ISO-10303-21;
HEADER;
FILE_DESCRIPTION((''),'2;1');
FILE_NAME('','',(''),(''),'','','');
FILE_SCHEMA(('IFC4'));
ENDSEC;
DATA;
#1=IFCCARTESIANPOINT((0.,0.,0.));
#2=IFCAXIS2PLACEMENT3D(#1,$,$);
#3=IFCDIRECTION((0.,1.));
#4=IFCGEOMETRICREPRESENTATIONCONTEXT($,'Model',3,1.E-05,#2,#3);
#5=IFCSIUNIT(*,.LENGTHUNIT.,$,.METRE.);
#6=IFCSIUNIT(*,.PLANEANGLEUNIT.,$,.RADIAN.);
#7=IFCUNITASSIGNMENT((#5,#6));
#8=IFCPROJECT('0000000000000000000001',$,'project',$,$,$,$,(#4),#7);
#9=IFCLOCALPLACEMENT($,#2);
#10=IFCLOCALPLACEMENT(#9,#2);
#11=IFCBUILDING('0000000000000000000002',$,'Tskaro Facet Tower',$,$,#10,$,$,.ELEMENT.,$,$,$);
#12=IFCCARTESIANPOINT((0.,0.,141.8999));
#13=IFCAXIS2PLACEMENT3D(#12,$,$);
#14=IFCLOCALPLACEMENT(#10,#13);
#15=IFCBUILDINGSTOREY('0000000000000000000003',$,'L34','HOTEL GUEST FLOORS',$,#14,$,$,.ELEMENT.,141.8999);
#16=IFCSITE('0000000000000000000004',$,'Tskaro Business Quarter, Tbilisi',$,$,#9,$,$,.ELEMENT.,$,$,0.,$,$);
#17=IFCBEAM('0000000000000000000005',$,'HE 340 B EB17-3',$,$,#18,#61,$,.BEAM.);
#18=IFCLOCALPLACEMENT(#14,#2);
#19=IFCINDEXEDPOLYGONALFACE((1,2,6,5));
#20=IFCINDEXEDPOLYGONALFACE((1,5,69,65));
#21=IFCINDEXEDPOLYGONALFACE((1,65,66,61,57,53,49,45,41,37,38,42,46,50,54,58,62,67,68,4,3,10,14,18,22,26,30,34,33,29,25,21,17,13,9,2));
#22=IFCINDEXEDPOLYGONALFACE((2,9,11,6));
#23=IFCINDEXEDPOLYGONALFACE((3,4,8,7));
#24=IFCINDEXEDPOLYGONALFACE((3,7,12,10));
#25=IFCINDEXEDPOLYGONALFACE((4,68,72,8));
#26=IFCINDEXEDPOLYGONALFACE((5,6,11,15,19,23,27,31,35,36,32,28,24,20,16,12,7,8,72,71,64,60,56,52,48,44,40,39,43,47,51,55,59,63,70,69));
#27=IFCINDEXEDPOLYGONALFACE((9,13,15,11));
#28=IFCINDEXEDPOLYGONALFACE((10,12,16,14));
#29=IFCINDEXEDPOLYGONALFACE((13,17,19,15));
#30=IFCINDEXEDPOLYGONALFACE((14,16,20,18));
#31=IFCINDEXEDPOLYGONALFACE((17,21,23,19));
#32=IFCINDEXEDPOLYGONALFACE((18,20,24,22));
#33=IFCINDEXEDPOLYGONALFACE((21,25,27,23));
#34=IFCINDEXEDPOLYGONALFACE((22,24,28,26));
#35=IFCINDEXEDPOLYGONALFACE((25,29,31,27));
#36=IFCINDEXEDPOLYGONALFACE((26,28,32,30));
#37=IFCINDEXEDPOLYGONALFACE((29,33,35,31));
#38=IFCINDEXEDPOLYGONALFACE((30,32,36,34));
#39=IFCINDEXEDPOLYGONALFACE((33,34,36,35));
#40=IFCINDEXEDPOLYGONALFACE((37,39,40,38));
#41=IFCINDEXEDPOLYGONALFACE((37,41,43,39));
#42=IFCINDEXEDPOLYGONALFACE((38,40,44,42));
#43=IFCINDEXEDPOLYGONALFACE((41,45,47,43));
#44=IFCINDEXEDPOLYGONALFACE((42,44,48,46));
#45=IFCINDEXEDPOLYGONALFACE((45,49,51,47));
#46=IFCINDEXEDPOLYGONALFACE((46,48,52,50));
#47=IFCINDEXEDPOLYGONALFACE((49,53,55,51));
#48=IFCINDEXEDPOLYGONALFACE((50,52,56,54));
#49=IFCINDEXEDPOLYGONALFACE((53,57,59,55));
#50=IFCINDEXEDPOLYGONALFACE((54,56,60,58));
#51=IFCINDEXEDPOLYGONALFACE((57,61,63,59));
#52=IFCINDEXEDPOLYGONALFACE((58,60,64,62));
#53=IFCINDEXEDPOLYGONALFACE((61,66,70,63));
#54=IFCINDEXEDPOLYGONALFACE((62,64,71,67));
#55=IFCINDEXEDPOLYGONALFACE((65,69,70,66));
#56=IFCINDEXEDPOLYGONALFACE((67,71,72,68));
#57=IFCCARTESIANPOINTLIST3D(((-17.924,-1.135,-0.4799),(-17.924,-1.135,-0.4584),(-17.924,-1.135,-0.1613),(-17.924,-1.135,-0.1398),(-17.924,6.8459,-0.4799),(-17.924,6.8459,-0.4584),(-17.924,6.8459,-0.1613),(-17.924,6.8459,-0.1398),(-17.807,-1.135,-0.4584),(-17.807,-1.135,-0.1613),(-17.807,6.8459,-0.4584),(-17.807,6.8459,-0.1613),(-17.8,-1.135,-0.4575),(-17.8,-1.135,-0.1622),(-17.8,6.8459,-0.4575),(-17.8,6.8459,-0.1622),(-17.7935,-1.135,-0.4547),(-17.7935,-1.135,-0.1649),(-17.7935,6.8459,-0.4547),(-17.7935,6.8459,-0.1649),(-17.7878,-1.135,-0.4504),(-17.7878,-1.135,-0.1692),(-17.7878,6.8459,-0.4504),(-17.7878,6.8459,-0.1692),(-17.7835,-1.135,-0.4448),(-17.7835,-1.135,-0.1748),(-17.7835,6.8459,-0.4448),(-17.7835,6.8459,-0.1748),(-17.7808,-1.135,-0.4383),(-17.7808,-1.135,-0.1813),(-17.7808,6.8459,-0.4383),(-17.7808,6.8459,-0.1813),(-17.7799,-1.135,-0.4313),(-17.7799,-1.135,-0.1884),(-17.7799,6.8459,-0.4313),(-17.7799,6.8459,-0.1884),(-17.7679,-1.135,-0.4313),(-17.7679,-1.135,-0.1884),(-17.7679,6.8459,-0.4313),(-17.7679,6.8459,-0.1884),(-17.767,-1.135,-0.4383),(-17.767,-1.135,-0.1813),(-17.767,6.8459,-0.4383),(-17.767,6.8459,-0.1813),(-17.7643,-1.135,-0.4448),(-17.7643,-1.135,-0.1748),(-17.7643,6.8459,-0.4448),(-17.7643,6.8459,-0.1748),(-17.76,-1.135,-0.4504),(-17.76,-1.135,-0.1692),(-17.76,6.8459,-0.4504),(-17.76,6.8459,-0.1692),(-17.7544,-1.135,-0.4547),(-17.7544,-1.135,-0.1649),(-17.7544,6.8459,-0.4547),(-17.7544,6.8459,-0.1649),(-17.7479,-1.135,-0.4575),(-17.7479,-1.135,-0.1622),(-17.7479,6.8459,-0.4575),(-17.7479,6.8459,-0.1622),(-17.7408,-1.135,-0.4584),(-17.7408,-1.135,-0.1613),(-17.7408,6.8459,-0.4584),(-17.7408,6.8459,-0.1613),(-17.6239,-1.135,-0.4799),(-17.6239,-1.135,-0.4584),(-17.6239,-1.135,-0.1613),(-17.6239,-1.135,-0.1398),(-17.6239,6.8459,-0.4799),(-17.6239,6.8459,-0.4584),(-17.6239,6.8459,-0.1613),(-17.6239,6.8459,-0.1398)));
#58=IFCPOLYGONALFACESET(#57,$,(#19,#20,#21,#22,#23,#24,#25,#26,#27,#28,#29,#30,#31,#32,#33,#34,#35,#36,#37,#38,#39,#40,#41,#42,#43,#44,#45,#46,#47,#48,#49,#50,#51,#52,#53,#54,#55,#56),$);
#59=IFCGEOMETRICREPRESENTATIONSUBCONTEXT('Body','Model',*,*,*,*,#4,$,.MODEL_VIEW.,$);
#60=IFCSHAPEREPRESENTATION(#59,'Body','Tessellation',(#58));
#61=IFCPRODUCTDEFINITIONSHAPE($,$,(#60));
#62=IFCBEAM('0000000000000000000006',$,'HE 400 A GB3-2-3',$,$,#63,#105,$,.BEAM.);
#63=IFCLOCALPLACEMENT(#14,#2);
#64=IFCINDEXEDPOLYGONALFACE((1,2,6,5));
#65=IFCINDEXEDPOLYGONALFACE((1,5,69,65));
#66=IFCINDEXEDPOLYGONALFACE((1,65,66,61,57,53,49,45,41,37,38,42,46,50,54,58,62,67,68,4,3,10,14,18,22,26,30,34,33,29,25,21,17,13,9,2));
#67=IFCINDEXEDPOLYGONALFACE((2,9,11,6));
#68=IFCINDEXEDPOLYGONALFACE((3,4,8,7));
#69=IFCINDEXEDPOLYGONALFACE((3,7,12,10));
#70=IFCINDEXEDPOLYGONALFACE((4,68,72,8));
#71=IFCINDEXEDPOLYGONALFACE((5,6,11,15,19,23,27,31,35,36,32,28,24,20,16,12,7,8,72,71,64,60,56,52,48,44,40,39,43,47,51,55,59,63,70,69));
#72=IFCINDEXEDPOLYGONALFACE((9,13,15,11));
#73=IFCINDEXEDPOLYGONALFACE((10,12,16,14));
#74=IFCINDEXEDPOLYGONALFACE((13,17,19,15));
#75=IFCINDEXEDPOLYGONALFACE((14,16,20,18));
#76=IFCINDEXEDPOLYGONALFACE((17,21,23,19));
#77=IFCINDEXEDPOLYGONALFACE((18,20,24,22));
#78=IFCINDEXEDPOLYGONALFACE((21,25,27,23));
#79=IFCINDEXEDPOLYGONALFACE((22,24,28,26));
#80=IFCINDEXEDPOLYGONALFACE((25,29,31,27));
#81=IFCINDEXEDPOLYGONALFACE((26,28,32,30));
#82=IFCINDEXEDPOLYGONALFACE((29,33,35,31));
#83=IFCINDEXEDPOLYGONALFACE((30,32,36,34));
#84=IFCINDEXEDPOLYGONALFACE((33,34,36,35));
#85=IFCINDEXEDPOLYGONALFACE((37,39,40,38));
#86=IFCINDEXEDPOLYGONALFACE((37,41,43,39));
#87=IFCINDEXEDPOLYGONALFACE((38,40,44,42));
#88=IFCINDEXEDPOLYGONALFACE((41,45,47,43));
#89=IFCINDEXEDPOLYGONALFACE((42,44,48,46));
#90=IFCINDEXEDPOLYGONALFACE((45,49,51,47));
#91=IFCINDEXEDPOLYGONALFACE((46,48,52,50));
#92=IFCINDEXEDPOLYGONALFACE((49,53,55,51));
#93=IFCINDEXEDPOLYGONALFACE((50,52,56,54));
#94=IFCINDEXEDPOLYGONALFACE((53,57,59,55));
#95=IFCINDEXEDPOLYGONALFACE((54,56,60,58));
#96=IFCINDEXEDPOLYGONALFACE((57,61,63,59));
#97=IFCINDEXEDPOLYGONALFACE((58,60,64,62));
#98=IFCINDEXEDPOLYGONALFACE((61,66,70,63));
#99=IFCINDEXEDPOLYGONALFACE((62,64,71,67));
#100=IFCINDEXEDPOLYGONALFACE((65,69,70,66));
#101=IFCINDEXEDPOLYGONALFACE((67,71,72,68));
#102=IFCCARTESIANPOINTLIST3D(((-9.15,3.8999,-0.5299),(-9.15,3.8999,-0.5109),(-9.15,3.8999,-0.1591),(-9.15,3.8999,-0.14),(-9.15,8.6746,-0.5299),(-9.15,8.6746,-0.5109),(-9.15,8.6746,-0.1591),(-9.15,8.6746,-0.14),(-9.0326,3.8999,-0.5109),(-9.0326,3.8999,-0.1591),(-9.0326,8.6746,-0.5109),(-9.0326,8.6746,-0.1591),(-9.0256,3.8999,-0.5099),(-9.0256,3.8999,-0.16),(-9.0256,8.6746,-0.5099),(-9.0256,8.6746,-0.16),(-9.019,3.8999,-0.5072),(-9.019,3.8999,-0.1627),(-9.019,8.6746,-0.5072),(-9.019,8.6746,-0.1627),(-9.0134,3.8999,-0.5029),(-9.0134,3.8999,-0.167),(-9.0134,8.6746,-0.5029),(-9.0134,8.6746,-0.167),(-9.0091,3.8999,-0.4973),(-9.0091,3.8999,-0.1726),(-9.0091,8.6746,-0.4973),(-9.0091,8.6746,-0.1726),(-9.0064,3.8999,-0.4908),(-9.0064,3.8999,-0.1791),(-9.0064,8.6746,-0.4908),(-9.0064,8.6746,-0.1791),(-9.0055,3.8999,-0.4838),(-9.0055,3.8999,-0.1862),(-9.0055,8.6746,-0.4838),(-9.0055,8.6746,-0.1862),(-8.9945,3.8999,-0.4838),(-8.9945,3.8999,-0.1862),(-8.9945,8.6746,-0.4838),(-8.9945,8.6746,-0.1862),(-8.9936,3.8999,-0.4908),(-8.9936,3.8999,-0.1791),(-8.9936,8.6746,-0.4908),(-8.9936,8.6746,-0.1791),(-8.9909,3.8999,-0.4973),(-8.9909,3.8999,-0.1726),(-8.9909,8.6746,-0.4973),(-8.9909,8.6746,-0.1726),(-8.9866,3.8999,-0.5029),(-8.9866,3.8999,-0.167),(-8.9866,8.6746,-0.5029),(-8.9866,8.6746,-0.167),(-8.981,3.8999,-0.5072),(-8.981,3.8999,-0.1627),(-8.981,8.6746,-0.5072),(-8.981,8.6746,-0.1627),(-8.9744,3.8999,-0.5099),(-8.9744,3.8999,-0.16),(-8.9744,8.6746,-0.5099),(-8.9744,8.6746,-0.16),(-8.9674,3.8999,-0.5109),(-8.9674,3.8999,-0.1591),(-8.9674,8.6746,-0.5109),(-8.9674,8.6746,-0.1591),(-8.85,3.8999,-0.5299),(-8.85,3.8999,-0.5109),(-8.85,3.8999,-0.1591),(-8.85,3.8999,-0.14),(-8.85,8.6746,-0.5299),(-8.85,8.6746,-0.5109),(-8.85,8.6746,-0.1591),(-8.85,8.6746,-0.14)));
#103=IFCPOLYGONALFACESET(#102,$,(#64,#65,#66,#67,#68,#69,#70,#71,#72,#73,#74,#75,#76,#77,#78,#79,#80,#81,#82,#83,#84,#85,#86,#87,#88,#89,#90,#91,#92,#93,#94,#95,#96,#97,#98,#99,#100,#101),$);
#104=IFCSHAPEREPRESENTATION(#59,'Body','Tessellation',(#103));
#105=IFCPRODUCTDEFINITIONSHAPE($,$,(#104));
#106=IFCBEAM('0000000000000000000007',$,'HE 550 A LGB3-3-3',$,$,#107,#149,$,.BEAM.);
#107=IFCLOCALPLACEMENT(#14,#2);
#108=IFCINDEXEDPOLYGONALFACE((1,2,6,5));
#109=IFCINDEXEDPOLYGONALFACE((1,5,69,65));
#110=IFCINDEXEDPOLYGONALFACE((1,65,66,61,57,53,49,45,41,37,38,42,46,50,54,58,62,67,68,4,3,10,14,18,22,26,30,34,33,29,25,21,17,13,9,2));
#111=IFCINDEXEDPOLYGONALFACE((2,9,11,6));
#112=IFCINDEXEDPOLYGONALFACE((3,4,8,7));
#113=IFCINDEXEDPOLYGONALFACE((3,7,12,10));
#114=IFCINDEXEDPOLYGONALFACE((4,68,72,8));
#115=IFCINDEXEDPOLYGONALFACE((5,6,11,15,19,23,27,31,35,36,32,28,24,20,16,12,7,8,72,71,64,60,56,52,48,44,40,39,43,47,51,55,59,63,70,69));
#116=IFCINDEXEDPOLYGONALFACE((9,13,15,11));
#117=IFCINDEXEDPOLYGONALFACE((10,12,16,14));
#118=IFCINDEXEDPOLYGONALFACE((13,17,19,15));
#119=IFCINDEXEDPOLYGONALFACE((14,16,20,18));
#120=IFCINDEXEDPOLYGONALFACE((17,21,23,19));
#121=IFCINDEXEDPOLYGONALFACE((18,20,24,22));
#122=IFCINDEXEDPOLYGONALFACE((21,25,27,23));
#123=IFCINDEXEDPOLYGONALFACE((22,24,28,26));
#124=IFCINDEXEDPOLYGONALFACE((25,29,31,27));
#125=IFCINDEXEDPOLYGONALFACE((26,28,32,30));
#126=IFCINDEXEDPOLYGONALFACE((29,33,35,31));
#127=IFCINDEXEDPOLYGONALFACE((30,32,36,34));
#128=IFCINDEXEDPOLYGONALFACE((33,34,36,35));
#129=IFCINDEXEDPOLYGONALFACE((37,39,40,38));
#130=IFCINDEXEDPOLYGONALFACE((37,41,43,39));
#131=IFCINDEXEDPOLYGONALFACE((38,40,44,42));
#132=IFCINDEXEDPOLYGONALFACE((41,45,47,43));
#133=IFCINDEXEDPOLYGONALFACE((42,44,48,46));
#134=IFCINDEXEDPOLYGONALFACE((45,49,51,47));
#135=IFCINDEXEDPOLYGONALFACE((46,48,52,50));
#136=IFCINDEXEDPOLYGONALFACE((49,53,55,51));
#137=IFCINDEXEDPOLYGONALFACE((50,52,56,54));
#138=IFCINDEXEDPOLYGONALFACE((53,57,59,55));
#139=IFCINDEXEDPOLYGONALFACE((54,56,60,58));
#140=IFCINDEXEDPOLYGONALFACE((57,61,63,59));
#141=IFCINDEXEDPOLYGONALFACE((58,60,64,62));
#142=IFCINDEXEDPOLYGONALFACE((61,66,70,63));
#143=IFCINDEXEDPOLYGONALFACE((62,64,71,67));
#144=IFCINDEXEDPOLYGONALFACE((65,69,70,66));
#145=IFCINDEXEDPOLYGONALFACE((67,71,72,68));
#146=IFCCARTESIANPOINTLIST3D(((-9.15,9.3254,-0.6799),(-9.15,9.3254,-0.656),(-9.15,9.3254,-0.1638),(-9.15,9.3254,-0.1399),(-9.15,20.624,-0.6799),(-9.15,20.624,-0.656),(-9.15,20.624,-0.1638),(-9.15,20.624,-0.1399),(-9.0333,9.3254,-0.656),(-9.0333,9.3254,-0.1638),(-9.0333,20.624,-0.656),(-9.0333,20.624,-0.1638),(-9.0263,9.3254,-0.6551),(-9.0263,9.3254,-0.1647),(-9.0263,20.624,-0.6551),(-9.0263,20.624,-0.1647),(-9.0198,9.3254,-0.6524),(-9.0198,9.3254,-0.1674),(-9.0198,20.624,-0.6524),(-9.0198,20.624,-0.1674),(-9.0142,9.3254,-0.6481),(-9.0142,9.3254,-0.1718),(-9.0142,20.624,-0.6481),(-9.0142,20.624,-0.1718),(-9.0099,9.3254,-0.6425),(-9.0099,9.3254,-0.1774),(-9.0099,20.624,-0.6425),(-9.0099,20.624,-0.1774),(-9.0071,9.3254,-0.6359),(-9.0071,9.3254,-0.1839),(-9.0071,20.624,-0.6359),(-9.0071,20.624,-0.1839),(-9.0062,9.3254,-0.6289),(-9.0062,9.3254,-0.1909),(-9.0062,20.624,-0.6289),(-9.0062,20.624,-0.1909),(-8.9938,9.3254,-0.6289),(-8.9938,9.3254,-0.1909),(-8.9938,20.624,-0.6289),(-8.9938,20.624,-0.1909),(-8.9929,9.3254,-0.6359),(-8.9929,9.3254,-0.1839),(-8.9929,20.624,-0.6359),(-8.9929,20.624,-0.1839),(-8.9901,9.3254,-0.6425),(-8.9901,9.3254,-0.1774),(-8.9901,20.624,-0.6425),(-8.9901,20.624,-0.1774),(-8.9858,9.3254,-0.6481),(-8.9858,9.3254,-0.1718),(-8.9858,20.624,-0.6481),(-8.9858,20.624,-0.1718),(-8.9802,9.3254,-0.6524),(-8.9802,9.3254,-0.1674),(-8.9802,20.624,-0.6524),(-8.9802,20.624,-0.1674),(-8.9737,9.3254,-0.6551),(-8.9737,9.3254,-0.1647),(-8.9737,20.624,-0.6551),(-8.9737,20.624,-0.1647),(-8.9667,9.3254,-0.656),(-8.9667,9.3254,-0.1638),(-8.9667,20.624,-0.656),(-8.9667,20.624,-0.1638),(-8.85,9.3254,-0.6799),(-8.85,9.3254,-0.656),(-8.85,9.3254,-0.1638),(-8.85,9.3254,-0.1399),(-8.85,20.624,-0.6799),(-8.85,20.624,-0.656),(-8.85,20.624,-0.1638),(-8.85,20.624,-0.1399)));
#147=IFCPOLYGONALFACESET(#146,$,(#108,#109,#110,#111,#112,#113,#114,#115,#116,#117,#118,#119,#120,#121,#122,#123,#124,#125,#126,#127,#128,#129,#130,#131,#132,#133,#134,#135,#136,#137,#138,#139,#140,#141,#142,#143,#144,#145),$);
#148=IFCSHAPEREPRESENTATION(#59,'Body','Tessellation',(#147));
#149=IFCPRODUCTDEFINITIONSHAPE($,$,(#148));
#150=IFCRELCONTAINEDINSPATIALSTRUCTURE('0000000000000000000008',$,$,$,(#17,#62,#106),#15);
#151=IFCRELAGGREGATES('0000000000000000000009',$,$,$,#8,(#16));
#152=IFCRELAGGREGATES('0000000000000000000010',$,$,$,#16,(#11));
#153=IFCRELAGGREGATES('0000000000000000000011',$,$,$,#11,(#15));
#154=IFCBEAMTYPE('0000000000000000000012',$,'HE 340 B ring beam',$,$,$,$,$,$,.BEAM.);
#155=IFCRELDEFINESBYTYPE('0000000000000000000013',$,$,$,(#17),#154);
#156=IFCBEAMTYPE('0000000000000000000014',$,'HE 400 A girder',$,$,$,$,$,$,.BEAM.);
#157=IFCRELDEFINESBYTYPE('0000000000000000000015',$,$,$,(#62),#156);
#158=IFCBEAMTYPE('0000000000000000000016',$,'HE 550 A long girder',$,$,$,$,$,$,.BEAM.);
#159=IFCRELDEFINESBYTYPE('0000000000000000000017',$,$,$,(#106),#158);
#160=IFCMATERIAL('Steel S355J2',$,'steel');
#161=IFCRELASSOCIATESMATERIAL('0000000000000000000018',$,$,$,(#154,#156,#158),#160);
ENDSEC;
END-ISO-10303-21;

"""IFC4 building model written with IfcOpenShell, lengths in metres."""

from ifc_helpers import new_model, si_unit, direction, frame, origin, origin_2d, place, context, subcontext, project, spatial, i_section, extrude, material, material_profile, profile_set, type_object, element, save


model = new_model("IFC4")

# Units and contexts
model_context = context("Model", 3, precision=1e-05, world=origin(), true_north=direction((0.0, 1.0)))
body_context = subcontext(model_context, "Body", "Model", "MODEL_VIEW")
ifc_project = project(units=[si_unit("LENGTHUNIT", "METRE"), si_unit("PLANEANGLEUNIT", "RADIAN")], contexts=[model_context])

# Site, building, storey
site_placement = place(None, origin())
site = spatial("IfcSite", under=ifc_project, at=site_placement, Name="Tskaro Business Quarter, Tbilisi", CompositionType="ELEMENT", RefElevation=0.0)
building_placement = place(site_placement, origin())
building = spatial("IfcBuilding", under=site, at=building_placement, Name="Tskaro Facet Tower", CompositionType="ELEMENT")
storey_placement = place(building_placement, frame((0.0, 0.0, 141.8999)))
storey = spatial("IfcBuildingStorey", under=building, at=storey_placement, Name="L34", Description="HOTEL GUEST FLOORS", CompositionType="ELEMENT", Elevation=141.8999)

# Beams
ifc_material_1 = material(Name="Steel S355J2", Category="steel")
ifc_material_profile_1 = material_profile(ifc_material_1, i_section(OverallWidth=0.3, OverallDepth=0.3401, WebThickness=0.012, FlangeThickness=0.0215, FilletRadius=0.0271, at=origin_2d()), Name="HE 340 B")
ifc_profile_set_1 = profile_set([ifc_material_profile_1], Name="Steel S355J2")
beam_type_1 = type_object("IfcBeamType", Name="HE 340 B ring beam", PredefinedType="BEAM", material=ifc_profile_set_1)
beam_1_placement = place(storey_placement, frame((-17.7739, 6.8459, -0.3098), z_axis=(0.0, -1.0, 0.0), x_axis=(1.0, 0.0, 0.0)))
element("IfcBeam", 1, at=beam_1_placement, inside=storey, type_object=beam_type_1, Name="HE 340 B EB17-3", PredefinedType="BEAM", context=body_context, shape_type="SweptSolid", body=[
    extrude(i_section(OverallWidth=0.3, OverallDepth=0.3401, WebThickness=0.012, FlangeThickness=0.0215, FilletRadius=0.0271, at=origin_2d()), origin(), (0.0, 0.0, 1.0), 7.981),
])
ifc_material_profile_2 = material_profile(ifc_material_1, i_section(OverallWidth=0.3, OverallDepth=0.3899, WebThickness=0.011, FlangeThickness=0.019, FilletRadius=0.0271, at=origin_2d()), Name="HE 400 A")
ifc_profile_set_2 = profile_set([ifc_material_profile_2], Name="Steel S355J2")
beam_type_2 = type_object("IfcBeamType", Name="HE 400 A girder", PredefinedType="BEAM", material=ifc_profile_set_2)
beam_2_placement = place(storey_placement, frame((-9.0, 3.8999, -0.335), z_axis=(0.0, 1.0, 0.0), x_axis=(-1.0, 0.0, 0.0)))
element("IfcBeam", 2, at=beam_2_placement, inside=storey, type_object=beam_type_2, Name="HE 400 A GB3-2-3", PredefinedType="BEAM", context=body_context, shape_type="SweptSolid", body=[
    extrude(i_section(OverallWidth=0.3, OverallDepth=0.3899, WebThickness=0.011, FlangeThickness=0.019, FilletRadius=0.0271, at=origin_2d()), origin(), (0.0, 0.0, 1.0), 4.7747),
])
ifc_material_profile_3 = material_profile(ifc_material_1, i_section(OverallWidth=0.3, OverallDepth=0.54, WebThickness=0.0125, FlangeThickness=0.0239, FilletRadius=0.0271, at=origin_2d()), Name="HE 550 A")
ifc_profile_set_3 = profile_set([ifc_material_profile_3], Name="Steel S355J2")
beam_type_3 = type_object("IfcBeamType", Name="HE 550 A long girder", PredefinedType="BEAM", material=ifc_profile_set_3)
beam_3_placement = place(storey_placement, frame((-9.0, 9.3254, -0.4099), z_axis=(0.0, 1.0, 0.0), x_axis=(-1.0, 0.0, 0.0)))
element("IfcBeam", 3, at=beam_3_placement, inside=storey, type_object=beam_type_3, Name="HE 550 A LGB3-3-3", PredefinedType="BEAM", context=body_context, shape_type="SweptSolid", body=[
    extrude(i_section(OverallWidth=0.3, OverallDepth=0.54, WebThickness=0.0125, FlangeThickness=0.0239, FilletRadius=0.0271, at=origin_2d()), origin(), (0.0, 0.0, 1.0), 11.2986),
])

save(model, "model.ifc")
